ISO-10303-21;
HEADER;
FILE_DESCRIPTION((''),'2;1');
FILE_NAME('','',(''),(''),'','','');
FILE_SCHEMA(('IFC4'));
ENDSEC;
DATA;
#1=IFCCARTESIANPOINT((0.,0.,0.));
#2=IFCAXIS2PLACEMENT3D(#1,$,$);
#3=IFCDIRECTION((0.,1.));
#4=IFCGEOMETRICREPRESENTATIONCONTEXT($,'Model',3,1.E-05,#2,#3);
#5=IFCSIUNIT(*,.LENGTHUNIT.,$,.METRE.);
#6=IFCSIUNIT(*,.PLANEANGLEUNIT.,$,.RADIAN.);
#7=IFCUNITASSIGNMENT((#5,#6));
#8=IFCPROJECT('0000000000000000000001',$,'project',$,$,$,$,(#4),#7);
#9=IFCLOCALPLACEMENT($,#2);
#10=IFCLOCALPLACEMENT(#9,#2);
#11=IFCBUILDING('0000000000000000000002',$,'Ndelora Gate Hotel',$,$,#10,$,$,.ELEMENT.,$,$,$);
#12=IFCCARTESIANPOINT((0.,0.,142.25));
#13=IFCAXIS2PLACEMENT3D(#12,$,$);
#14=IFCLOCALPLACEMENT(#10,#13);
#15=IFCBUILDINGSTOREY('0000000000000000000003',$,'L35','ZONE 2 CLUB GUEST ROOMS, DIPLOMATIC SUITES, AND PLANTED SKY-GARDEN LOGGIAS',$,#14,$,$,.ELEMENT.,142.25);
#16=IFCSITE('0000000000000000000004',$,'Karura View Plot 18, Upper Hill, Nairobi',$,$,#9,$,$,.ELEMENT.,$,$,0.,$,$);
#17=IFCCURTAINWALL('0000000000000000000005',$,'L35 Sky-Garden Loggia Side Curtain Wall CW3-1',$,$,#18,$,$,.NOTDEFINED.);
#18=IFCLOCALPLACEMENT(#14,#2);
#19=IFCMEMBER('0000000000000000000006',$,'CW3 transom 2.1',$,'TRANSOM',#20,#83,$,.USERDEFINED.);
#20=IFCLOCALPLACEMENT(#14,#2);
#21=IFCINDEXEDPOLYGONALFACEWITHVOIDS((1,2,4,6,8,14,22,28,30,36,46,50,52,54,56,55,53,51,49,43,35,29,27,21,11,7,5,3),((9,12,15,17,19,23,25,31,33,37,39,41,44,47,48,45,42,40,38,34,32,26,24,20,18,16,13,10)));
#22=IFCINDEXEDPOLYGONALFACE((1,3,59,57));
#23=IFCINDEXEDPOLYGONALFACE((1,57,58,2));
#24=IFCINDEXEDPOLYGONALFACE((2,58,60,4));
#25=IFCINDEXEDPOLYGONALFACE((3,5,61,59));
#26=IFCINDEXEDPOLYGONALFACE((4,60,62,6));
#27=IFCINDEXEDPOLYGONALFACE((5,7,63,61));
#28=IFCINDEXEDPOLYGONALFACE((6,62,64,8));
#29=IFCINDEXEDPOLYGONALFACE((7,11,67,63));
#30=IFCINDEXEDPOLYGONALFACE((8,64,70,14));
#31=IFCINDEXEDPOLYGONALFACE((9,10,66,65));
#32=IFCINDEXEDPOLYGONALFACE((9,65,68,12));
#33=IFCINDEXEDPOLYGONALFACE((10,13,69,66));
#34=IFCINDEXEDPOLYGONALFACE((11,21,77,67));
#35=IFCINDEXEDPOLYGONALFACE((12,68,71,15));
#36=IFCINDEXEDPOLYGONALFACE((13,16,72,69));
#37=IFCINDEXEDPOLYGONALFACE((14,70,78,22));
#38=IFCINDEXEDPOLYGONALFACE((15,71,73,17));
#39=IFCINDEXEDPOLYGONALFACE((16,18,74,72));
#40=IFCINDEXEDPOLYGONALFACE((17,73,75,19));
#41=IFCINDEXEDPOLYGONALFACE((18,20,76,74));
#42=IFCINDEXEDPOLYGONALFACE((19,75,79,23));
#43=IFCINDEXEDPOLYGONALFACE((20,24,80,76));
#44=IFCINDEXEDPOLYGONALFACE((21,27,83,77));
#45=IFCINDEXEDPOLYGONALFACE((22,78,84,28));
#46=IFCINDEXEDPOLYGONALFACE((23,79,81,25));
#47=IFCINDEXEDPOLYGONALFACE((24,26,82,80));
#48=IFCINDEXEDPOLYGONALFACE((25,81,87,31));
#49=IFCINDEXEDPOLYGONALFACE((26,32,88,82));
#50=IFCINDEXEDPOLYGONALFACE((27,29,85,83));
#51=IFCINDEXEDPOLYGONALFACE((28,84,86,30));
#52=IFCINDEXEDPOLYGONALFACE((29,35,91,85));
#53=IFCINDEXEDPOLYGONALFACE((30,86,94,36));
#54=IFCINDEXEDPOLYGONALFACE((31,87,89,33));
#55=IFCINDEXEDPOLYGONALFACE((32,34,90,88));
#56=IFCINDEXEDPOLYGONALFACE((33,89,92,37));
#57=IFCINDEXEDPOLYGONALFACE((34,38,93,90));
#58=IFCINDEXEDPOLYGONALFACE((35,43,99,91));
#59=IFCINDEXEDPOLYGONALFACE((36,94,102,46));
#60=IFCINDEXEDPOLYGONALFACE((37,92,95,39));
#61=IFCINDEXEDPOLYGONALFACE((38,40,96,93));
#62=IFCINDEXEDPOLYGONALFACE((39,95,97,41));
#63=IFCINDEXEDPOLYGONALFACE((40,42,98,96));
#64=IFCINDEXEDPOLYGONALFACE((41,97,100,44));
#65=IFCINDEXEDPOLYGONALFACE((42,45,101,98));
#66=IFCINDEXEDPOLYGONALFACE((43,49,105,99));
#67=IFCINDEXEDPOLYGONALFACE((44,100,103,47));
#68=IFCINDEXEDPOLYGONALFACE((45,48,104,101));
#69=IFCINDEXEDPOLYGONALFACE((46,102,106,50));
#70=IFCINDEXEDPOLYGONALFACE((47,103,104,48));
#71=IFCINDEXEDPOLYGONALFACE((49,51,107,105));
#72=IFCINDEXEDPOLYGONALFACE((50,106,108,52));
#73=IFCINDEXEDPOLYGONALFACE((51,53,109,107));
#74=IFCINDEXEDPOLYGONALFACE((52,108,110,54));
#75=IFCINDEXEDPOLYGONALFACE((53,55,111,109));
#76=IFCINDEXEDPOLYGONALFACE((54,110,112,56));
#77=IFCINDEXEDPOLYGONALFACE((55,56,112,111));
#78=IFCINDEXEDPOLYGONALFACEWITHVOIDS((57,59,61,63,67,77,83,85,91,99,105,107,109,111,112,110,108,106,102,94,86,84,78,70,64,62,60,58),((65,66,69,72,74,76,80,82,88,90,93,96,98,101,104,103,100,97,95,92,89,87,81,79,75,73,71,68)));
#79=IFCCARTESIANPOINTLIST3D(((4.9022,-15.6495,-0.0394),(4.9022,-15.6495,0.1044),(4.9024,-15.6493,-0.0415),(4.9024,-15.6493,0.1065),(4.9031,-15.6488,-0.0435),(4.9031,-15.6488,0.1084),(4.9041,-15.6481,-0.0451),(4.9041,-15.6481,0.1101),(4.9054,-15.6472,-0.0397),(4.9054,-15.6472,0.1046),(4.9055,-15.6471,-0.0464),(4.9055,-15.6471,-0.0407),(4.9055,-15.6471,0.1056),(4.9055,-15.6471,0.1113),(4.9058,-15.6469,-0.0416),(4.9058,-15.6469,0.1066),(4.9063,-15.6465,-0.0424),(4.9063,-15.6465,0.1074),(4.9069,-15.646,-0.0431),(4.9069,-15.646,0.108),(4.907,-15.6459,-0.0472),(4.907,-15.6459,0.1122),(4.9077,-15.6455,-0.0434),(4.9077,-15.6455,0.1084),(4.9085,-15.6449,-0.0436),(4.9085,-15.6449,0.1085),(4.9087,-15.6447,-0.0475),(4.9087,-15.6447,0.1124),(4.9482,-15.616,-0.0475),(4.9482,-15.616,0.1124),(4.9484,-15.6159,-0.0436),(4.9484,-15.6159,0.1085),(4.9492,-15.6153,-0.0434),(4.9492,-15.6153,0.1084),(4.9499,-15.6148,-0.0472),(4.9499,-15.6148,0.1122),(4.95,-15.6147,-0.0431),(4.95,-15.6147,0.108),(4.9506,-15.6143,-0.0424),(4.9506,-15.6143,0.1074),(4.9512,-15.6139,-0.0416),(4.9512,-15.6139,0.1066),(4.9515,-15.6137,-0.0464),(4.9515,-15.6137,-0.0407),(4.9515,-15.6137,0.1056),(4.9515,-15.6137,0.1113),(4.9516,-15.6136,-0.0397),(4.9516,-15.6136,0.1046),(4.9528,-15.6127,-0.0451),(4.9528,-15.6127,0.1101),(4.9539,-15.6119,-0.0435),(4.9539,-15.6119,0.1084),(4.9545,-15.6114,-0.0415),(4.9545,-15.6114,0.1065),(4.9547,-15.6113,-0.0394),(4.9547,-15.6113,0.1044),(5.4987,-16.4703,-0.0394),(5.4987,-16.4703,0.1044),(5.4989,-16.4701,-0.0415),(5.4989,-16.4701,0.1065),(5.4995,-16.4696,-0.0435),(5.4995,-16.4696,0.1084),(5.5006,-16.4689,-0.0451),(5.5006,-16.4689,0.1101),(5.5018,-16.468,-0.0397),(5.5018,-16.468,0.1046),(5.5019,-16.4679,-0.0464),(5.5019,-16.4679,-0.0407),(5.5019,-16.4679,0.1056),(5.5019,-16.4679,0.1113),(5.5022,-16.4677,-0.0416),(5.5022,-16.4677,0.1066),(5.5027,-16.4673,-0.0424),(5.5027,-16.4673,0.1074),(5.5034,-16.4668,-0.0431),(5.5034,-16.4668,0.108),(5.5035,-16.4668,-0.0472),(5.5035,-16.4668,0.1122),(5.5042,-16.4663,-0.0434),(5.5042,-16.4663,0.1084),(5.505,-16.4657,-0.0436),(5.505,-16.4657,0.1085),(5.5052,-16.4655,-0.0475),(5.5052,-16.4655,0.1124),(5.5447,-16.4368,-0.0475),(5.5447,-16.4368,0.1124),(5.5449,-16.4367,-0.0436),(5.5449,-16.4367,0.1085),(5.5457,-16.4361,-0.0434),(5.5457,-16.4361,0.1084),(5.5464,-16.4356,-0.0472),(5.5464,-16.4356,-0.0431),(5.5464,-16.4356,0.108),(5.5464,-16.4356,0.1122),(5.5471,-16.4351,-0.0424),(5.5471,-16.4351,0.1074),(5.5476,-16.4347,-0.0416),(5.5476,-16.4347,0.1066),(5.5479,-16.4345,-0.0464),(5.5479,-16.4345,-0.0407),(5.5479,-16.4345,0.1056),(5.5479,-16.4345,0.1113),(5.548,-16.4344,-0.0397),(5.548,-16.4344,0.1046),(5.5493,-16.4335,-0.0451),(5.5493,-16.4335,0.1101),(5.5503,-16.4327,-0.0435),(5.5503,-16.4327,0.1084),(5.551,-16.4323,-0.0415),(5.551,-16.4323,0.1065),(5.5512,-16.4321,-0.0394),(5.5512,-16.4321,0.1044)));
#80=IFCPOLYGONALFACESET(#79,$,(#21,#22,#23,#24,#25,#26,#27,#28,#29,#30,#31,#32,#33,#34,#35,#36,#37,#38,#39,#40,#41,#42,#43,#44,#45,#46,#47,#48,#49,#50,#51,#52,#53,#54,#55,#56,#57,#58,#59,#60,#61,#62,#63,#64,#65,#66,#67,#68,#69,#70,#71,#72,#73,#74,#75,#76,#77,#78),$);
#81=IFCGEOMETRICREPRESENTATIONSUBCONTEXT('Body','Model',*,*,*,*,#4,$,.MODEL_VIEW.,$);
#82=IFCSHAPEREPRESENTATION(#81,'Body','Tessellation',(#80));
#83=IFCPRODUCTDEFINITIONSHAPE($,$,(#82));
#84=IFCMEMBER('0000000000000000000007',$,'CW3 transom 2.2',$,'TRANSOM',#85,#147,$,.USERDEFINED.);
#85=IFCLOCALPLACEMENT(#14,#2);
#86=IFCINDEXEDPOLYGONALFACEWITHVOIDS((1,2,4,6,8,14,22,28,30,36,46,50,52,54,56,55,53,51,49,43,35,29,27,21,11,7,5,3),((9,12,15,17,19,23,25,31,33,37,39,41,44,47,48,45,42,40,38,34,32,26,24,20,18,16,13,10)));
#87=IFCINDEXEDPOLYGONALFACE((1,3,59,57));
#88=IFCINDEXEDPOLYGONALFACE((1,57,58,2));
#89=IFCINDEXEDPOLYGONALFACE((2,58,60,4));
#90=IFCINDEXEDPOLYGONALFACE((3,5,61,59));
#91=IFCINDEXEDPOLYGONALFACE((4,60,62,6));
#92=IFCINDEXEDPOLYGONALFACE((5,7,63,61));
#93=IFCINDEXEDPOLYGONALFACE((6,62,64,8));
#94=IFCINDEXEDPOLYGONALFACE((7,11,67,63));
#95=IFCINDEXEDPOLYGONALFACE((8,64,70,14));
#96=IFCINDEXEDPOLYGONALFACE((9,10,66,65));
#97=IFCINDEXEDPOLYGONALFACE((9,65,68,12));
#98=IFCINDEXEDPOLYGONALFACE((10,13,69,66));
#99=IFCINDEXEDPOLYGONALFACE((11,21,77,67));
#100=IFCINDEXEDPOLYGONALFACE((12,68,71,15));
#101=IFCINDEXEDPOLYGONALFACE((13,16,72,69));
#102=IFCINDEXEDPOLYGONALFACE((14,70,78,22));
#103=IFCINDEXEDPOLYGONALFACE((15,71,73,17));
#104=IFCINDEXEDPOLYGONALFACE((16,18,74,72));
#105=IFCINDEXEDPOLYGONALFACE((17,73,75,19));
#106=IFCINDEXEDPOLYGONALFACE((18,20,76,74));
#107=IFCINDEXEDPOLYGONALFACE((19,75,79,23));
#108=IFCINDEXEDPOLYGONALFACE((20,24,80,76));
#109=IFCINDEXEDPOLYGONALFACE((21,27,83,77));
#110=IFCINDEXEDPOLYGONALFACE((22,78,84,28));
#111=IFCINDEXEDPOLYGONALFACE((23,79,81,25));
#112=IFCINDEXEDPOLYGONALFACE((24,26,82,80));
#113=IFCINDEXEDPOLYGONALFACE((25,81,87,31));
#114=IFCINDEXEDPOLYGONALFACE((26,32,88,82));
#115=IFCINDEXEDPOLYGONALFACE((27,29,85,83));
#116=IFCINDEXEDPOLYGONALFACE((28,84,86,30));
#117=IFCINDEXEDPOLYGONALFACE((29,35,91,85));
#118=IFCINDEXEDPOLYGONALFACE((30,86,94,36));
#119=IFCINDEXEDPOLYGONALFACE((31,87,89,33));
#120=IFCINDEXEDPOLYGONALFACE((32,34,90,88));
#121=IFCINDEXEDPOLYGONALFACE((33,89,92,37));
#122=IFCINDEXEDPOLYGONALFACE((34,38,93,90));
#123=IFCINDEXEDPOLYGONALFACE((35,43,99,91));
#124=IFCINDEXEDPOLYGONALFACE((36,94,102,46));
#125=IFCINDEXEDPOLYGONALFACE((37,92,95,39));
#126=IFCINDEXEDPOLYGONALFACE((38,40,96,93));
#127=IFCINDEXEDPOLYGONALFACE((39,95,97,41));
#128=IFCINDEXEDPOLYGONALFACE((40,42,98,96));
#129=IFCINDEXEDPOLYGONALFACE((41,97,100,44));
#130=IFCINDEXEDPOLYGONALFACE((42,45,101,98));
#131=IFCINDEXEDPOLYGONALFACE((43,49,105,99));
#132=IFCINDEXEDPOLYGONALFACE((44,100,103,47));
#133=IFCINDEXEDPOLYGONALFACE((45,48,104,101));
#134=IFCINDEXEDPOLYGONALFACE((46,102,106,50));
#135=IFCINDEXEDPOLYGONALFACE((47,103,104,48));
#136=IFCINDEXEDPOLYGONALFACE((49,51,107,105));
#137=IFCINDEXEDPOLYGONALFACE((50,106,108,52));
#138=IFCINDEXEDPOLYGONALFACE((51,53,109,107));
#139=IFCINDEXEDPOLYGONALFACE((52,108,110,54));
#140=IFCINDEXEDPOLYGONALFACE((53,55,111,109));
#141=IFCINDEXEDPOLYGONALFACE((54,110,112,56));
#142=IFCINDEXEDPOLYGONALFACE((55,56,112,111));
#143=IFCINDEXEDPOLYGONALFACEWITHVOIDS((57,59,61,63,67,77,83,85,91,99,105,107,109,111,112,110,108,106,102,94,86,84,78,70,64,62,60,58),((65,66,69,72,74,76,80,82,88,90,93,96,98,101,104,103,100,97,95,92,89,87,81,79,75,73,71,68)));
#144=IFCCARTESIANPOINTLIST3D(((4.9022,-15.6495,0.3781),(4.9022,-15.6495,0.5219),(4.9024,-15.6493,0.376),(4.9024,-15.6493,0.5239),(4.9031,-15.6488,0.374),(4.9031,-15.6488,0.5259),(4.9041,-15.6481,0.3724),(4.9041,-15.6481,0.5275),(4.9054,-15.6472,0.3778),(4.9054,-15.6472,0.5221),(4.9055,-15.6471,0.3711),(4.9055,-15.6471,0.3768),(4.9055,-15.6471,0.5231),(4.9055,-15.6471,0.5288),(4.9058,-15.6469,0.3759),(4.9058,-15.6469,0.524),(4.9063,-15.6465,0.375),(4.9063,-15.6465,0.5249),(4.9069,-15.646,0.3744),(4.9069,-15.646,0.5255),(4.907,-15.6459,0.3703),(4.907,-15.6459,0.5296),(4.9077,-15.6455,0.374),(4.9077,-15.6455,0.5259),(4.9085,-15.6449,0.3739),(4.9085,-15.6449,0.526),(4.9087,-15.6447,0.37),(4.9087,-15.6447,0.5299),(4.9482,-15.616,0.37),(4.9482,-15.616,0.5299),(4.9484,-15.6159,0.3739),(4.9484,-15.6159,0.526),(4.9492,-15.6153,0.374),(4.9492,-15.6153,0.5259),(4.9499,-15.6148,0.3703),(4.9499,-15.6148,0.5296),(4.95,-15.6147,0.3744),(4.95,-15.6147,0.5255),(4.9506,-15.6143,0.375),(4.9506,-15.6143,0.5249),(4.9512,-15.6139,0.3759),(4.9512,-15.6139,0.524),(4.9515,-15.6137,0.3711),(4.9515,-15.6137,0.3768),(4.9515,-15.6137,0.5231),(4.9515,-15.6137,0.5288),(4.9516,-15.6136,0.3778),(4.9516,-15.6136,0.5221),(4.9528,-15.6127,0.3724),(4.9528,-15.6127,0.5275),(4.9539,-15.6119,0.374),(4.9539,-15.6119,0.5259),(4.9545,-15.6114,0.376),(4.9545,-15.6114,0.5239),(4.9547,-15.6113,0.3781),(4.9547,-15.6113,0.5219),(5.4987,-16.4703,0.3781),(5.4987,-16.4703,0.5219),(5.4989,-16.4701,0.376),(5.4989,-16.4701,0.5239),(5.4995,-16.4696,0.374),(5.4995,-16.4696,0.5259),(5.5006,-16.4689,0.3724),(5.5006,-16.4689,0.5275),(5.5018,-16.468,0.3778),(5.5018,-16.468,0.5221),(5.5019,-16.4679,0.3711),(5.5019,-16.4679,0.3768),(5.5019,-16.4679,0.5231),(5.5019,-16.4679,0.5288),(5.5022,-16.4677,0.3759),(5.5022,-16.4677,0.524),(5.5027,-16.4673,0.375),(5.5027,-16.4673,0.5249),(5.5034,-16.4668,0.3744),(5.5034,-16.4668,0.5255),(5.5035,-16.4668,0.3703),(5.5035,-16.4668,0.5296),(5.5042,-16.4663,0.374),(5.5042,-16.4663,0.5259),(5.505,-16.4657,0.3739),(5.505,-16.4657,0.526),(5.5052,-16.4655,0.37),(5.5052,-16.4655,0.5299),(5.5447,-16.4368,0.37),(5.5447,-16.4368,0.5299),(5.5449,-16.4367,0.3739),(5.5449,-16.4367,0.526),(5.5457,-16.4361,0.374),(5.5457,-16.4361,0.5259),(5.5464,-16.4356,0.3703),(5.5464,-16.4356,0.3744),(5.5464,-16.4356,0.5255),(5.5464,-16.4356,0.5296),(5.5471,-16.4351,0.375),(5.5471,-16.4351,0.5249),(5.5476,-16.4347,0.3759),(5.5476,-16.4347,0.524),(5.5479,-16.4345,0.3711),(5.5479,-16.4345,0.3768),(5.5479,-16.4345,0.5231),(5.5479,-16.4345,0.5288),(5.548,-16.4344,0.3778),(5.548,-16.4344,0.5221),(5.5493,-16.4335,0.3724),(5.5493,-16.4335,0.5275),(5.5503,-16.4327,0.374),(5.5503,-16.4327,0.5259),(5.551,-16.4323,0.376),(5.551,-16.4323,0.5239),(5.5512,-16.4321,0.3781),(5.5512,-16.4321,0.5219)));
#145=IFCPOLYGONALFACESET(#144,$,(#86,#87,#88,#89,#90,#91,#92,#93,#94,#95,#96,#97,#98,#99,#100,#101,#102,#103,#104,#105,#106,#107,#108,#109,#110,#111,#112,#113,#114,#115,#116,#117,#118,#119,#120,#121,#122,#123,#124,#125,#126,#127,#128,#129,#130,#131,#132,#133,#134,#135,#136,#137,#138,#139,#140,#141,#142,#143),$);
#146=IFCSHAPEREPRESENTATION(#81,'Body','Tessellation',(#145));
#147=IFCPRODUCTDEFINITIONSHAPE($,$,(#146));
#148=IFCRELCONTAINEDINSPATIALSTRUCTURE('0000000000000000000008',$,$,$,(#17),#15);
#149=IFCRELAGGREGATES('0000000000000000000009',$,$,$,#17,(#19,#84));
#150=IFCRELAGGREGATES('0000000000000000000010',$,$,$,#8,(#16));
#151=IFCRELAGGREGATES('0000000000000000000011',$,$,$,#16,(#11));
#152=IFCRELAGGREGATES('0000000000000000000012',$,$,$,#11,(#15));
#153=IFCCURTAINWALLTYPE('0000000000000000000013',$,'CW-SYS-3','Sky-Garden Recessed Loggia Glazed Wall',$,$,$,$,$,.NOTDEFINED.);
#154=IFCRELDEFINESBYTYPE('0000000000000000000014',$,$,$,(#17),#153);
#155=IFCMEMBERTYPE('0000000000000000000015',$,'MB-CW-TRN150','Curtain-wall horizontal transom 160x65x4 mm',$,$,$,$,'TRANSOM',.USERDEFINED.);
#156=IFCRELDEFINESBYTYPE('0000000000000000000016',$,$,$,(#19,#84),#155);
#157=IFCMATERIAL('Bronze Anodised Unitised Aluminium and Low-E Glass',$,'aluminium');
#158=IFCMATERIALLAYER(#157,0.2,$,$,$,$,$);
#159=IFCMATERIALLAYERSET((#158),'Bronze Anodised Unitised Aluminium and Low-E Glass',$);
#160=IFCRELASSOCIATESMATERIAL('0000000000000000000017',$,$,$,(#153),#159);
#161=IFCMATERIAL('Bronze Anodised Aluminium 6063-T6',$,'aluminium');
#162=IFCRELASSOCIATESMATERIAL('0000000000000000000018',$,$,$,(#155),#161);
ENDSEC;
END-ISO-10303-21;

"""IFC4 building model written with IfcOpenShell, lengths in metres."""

from ifc_helpers import new_model, si_unit, direction, frame, origin, origin_2d, place, context, subcontext, project, spatial, hollow_rectangle, extrude, material, layer, layer_set, material_profile, profile_set, type_object, element, aggregate, save


model = new_model("IFC4")

# Units and contexts
model_context = context("Model", 3, precision=1e-05, world=origin(), true_north=direction((0.0, 1.0)))
body_context = subcontext(model_context, "Body", "Model", "MODEL_VIEW")
ifc_project = project(units=[si_unit("LENGTHUNIT", "METRE"), si_unit("PLANEANGLEUNIT", "RADIAN")], contexts=[model_context])

# Site, building, storey
site_placement = place(None, origin())
site = spatial("IfcSite", under=ifc_project, at=site_placement, Name="Karura View Plot 18, Upper Hill, Nairobi", CompositionType="ELEMENT", RefElevation=0.0)
building_placement = place(site_placement, origin())
building = spatial("IfcBuilding", under=site, at=building_placement, Name="Ndelora Gate Hotel", CompositionType="ELEMENT")
storey_placement = place(building_placement, frame((0.0, 0.0, 142.25)))
storey = spatial("IfcBuildingStorey", under=building, at=storey_placement, Name="L35", Description="ZONE 2 CLUB GUEST ROOMS, DIPLOMATIC SUITES, AND PLANTED SKY-GARDEN LOGGIAS", CompositionType="ELEMENT", Elevation=142.25)

# Curtain wall, members
ifc_material_1 = material(Name="Bronze Anodised Unitised Aluminium and Low-E Glass", Category="aluminium")
ifc_layer_1 = layer(ifc_material_1, 0.2)
ifc_layer_set_1 = layer_set([ifc_layer_1], Name="Bronze Anodised Unitised Aluminium and Low-E Glass")
curtain_wall_type = type_object("IfcCurtainWallType", Name="CW-SYS-3", Description="Sky-Garden Recessed Loggia Glazed Wall", PredefinedType="NOTDEFINED", material=ifc_layer_set_1)
curtain_wall_placement = place(storey_placement, origin())
curtain_wall = element("IfcCurtainWall", 1, at=curtain_wall_placement, inside=storey, type_object=curtain_wall_type, Name="L35 Sky-Garden Loggia Side Curtain Wall CW3-1", PredefinedType="NOTDEFINED")
ifc_material_2 = material(Name="Bronze Anodised Aluminium 6063-T6", Category="aluminium")
ifc_material_profile_1 = material_profile(ifc_material_2, hollow_rectangle(XDim=0.0649, YDim=0.1599, WallThickness=0.0039, InnerFilletRadius=0.0039, OuterFilletRadius=0.0081, at=origin_2d()), Name="ALU 160x65x4")
ifc_profile_set_1 = profile_set([ifc_material_profile_1], Name="Bronze Anodised Aluminium 6063-T6")
member_type_1 = type_object("IfcMemberType", Name="MB-CW-TRN150", Description="Curtain-wall horizontal transom 160x65x4 mm", ElementType="TRANSOM", PredefinedType="USERDEFINED", material=ifc_profile_set_1)
member_1_placement = place(storey_placement, frame((4.9285, -15.6304, 0.0325), z_axis=(0.587843, -0.808975, 0.0), x_axis=(0.808975, 0.587843, 0.0)))
member_1 = element("IfcMember", 2, at=member_1_placement, type_object=member_type_1, Name="CW3 transom 2.1", ObjectType="TRANSOM", PredefinedType="USERDEFINED", context=body_context, shape_type="SweptSolid", body=[
    extrude(hollow_rectangle(XDim=0.0649, YDim=0.1599, WallThickness=0.0039, InnerFilletRadius=0.0039, OuterFilletRadius=0.0081, at=origin_2d()), origin(), (0.0, 0.0, 1.0), 1.0146),
])
member_2_placement = place(storey_placement, frame((4.9285, -15.6304, 0.45), z_axis=(0.587843, -0.808975, 0.0), x_axis=(0.808975, 0.587843, 0.0)))
member_2 = element("IfcMember", 3, at=member_2_placement, type_object=member_type_1, Name="CW3 transom 2.2", ObjectType="TRANSOM", PredefinedType="USERDEFINED", context=body_context, shape_type="SweptSolid", body=[
    extrude(hollow_rectangle(XDim=0.0649, YDim=0.1599, WallThickness=0.0039, InnerFilletRadius=0.0039, OuterFilletRadius=0.0081, at=origin_2d()), origin(), (0.0, 0.0, 1.0), 1.0146),
])
aggregate(curtain_wall, [member_1, member_2])

save(model, "model.ifc")
